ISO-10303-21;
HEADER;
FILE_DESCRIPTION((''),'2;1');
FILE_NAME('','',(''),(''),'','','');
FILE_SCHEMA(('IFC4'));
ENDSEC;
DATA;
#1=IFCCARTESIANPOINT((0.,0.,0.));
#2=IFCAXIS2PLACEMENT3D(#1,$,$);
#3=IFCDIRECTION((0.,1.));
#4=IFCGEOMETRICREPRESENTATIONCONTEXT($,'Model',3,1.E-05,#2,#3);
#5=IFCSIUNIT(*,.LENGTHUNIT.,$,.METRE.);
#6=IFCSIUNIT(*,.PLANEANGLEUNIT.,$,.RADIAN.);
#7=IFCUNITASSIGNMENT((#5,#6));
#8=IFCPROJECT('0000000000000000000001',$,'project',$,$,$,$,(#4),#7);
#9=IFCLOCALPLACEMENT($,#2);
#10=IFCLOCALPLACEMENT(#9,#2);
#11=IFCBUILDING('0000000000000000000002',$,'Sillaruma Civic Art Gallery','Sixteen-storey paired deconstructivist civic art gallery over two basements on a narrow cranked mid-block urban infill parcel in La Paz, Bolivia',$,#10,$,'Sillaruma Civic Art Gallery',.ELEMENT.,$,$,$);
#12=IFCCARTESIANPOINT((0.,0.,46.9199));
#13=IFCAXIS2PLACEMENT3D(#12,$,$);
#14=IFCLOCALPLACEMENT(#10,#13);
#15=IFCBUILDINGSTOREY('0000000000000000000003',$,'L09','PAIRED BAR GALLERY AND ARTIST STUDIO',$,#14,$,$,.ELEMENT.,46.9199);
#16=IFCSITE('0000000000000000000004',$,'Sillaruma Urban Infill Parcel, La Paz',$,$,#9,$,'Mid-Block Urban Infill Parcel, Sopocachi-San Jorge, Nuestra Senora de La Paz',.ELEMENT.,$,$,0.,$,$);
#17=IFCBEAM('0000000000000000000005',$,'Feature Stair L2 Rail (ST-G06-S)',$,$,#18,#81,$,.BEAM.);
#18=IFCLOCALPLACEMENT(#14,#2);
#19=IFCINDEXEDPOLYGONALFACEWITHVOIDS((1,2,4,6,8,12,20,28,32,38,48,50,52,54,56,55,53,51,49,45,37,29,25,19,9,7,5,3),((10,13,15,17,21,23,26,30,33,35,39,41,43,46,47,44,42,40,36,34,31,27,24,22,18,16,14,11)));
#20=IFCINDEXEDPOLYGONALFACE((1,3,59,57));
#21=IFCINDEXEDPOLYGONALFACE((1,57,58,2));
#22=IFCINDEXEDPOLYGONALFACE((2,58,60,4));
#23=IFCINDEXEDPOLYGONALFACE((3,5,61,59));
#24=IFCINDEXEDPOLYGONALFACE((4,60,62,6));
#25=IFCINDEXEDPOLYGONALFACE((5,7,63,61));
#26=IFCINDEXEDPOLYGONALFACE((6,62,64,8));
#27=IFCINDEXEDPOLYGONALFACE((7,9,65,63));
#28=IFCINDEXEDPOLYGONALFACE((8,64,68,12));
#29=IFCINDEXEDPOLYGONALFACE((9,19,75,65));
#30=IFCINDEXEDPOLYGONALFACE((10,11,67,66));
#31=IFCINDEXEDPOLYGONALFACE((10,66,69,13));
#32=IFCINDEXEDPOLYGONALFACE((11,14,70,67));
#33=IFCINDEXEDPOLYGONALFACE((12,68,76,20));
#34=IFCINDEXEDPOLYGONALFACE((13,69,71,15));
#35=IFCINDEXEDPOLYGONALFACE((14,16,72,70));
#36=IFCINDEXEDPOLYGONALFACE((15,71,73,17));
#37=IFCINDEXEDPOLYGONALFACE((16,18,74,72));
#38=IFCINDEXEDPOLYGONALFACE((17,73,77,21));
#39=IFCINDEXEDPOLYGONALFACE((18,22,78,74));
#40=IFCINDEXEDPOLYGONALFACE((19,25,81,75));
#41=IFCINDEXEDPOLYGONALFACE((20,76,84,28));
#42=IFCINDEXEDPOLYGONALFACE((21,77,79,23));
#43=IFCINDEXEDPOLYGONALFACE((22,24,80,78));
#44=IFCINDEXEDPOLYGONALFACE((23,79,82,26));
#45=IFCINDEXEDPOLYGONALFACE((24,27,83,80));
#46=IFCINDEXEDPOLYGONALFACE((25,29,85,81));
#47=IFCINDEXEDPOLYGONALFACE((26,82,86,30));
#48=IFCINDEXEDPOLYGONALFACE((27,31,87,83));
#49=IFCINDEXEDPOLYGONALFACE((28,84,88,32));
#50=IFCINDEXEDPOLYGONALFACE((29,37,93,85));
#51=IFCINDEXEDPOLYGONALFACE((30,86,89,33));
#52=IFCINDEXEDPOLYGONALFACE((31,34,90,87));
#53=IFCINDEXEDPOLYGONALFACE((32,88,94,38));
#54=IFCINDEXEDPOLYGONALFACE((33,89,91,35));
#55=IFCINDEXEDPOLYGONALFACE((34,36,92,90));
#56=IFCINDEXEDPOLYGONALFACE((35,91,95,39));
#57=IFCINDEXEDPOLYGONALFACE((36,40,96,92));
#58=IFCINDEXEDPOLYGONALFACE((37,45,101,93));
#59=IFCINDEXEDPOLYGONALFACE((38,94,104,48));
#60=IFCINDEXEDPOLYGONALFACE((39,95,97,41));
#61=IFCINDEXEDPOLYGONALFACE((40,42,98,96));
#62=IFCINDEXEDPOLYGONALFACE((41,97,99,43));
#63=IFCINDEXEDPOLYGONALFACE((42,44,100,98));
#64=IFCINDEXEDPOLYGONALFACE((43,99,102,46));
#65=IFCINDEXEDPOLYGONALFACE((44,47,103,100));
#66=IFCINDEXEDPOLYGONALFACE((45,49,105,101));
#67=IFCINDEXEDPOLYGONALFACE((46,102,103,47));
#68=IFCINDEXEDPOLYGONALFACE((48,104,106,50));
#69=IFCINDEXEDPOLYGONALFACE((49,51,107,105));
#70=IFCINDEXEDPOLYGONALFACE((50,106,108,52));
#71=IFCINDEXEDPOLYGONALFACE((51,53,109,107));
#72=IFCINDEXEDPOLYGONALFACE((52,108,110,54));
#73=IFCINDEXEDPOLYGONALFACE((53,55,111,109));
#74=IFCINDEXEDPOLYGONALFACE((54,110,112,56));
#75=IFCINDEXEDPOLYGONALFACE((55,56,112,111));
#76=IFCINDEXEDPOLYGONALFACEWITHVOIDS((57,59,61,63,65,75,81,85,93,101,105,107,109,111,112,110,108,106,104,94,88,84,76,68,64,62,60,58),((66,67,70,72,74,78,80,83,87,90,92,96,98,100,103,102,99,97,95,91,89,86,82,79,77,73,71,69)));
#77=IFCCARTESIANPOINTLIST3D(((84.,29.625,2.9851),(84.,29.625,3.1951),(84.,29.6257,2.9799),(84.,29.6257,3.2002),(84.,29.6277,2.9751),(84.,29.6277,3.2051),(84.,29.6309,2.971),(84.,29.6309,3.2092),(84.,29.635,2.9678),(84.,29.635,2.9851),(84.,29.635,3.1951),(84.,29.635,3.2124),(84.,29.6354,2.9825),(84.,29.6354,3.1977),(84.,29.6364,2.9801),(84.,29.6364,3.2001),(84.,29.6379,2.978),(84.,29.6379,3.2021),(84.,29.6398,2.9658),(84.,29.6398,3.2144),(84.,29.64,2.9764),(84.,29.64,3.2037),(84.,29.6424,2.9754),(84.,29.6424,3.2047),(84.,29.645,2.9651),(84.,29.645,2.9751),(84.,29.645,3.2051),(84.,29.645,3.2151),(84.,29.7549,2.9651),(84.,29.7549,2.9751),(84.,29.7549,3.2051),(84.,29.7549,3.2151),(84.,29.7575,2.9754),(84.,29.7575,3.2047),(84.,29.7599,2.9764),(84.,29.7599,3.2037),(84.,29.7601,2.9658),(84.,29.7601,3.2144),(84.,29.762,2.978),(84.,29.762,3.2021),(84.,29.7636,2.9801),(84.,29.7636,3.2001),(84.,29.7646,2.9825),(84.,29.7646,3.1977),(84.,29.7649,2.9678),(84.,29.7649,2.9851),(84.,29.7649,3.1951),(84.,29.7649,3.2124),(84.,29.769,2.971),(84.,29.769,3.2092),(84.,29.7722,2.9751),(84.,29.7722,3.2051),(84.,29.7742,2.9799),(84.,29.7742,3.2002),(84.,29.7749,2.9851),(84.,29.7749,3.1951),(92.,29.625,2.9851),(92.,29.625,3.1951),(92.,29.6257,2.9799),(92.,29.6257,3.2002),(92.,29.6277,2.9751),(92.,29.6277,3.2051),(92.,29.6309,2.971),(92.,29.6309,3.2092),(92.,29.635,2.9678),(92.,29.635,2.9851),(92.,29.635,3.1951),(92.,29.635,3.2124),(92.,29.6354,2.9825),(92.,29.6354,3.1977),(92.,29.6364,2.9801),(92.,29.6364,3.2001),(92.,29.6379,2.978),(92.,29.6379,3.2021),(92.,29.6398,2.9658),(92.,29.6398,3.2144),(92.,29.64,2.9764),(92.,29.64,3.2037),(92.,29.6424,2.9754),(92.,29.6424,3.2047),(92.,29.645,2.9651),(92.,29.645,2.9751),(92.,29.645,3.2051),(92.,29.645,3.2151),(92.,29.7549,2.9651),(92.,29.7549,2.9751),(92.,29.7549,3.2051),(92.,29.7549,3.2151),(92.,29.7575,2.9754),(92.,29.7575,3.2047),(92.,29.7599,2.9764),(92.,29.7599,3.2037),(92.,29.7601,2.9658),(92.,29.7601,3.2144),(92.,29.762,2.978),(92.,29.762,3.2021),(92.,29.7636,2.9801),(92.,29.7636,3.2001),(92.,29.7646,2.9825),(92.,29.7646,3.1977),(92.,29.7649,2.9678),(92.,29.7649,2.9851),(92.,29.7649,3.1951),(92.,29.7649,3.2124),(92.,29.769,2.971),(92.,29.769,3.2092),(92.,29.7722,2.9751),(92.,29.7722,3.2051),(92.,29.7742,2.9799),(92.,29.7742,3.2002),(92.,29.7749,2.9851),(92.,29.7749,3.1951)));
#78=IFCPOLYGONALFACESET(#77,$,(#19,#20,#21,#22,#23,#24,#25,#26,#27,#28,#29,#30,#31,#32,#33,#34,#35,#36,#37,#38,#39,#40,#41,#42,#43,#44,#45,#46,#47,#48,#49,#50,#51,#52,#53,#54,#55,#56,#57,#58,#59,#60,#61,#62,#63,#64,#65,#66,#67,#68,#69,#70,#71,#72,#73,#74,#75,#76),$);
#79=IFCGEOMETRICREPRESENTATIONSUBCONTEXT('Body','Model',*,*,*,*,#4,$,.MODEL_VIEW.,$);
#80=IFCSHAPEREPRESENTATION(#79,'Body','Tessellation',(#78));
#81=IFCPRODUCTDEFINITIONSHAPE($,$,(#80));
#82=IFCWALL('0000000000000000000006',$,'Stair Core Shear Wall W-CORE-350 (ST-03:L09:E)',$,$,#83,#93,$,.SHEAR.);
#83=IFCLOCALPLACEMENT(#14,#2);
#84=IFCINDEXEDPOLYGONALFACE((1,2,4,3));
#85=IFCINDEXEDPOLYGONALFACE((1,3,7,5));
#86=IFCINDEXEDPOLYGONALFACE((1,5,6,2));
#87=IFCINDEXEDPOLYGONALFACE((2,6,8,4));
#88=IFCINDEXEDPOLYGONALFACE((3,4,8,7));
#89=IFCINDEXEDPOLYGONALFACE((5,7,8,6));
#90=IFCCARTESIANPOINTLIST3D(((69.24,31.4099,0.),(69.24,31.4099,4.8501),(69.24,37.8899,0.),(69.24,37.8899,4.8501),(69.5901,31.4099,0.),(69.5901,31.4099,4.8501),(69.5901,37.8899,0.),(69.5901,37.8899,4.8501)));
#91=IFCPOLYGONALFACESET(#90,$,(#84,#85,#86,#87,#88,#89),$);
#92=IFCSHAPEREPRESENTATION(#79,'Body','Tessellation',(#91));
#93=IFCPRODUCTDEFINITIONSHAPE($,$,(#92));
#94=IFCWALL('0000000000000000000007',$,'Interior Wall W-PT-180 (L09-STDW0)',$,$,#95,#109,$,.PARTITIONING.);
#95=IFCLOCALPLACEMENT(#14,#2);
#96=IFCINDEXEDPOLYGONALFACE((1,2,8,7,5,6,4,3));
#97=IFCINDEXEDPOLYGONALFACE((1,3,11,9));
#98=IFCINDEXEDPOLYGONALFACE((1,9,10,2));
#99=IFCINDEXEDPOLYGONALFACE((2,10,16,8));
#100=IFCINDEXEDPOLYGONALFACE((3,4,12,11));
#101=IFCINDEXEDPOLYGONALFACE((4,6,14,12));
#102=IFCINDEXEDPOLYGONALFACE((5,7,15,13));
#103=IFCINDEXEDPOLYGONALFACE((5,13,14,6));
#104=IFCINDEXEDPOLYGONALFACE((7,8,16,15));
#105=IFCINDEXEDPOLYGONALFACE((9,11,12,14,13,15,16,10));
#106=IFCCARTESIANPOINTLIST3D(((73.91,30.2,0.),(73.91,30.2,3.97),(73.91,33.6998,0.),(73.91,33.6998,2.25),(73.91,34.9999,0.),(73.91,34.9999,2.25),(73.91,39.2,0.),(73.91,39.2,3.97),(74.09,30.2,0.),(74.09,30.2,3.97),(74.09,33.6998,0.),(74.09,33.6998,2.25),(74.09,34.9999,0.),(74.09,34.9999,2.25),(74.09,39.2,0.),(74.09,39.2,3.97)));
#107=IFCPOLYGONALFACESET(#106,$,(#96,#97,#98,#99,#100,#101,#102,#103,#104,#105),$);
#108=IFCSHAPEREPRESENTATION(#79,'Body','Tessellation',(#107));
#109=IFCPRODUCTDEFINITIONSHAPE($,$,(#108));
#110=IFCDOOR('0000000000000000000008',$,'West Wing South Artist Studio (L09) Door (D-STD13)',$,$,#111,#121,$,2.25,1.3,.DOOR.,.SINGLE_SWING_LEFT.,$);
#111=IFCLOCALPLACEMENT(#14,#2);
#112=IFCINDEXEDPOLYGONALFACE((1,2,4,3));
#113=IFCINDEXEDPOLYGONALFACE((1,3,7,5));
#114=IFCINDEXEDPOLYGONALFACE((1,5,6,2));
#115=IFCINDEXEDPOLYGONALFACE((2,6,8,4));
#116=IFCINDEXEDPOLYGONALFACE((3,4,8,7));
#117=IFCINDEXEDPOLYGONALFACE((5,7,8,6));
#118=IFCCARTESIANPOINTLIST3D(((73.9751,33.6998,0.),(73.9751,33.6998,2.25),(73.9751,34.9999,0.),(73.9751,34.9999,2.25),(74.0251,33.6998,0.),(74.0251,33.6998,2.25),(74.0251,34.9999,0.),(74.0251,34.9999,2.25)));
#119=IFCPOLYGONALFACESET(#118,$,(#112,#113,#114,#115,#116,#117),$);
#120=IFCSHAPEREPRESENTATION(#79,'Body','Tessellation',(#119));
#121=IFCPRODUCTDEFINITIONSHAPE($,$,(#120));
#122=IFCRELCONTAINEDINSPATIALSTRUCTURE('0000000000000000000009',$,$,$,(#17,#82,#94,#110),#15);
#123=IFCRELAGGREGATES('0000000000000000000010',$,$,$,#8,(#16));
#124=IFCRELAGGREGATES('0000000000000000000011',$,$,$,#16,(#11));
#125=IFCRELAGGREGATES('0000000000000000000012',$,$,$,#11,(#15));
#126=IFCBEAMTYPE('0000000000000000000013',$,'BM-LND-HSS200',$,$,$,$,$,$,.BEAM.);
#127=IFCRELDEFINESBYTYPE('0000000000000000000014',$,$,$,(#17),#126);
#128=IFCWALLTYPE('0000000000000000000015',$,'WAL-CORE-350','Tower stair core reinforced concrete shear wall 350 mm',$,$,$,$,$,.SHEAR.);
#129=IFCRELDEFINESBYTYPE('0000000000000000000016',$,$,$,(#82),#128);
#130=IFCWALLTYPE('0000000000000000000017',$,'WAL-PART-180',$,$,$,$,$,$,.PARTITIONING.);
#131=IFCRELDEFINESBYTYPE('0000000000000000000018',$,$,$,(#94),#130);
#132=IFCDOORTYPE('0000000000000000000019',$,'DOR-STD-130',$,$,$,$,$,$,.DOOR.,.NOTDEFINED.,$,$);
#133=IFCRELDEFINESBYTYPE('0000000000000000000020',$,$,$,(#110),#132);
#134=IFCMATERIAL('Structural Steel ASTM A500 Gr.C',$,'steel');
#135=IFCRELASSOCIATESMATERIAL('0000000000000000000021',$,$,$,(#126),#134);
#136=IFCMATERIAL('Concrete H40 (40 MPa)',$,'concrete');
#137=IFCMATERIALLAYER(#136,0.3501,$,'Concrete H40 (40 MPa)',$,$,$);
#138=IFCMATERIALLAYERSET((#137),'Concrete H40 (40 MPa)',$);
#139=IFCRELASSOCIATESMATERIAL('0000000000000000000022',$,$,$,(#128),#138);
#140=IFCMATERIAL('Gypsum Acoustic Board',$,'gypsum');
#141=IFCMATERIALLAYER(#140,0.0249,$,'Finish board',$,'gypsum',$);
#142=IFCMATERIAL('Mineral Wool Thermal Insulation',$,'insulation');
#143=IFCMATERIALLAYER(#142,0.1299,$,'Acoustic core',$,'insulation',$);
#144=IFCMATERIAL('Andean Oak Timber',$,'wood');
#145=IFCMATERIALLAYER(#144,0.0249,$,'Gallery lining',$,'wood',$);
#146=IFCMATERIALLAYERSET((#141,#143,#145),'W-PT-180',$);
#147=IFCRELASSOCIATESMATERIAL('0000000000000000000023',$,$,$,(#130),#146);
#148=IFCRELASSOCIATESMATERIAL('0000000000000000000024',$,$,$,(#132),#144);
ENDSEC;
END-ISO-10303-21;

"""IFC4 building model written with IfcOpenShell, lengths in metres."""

from ifc_helpers import new_model, si_unit, direction, frame, frame_2d, origin, origin_2d, place, context, subcontext, project, spatial, rectangle, hollow_rectangle, extrude, material, layer, layer_set, material_profile, profile_set, type_object, element, fill, save


model = new_model("IFC4")

# Units and contexts
model_context = context("Model", 3, precision=1e-05, world=origin(), true_north=direction((0.0, 1.0)))
body_context = subcontext(model_context, "Body", "Model", "MODEL_VIEW")
ifc_project = project(units=[si_unit("LENGTHUNIT", "METRE"), si_unit("PLANEANGLEUNIT", "RADIAN")], contexts=[model_context])

# Site, building, storey
site_placement = place(None, origin())
site = spatial("IfcSite", under=ifc_project, at=site_placement, Name="Sillaruma Urban Infill Parcel, La Paz", LongName="Mid-Block Urban Infill Parcel, Sopocachi-San Jorge, Nuestra Senora de La Paz", CompositionType="ELEMENT", RefElevation=0.0)
building_placement = place(site_placement, origin())
building = spatial("IfcBuilding", under=site, at=building_placement, Name="Sillaruma Civic Art Gallery", Description="Sixteen-storey paired deconstructivist civic art gallery over two basements on a narrow cranked mid-block urban infill parcel in La Paz, Bolivia", LongName="Sillaruma Civic Art Gallery", CompositionType="ELEMENT")
storey_placement = place(building_placement, frame((0.0, 0.0, 46.9199)))
storey = spatial("IfcBuildingStorey", under=building, at=storey_placement, Name="L09", Description="PAIRED BAR GALLERY AND ARTIST STUDIO", CompositionType="ELEMENT", Elevation=46.9199)

# Shared definitions
ifc_material_1 = material(Name="Concrete H40 (40 MPa)", Category="concrete")

# Beam
ifc_material_2 = material(Name="Structural Steel ASTM A500 Gr.C", Category="steel")
ifc_material_profile_1 = material_profile(ifc_material_2, hollow_rectangle(XDim=0.1499, YDim=0.25, WallThickness=0.01, InnerFilletRadius=0.01, OuterFilletRadius=0.02, at=origin_2d()), Name="HSS250x150x10")
ifc_profile_set_1 = profile_set([ifc_material_profile_1], Name="Structural Steel ASTM A500 Gr.C")
beam_type_1 = type_object("IfcBeamType", Name="BM-LND-HSS200", PredefinedType="BEAM", material=ifc_profile_set_1)
beam_1_placement = place(storey_placement, frame((84.0, 29.7, 3.0901), z_axis=(1.0, 0.0, 0.0), x_axis=(0.0, 1.0, 0.0)))
element("IfcBeam", 1, at=beam_1_placement, inside=storey, type_object=beam_type_1, Name="Feature Stair L2 Rail (ST-G06-S)", PredefinedType="BEAM", context=body_context, shape_type="SweptSolid", body=[
    extrude(hollow_rectangle(XDim=0.1499, YDim=0.25, WallThickness=0.01, InnerFilletRadius=0.01, OuterFilletRadius=0.02, at=origin_2d()), origin(), (0.0, 0.0, 1.0), 8.0),
])

# Wall
ifc_layer_1 = layer(ifc_material_1, 0.3501, Name="Concrete H40 (40 MPa)")
ifc_layer_set_1 = layer_set([ifc_layer_1], Name="Concrete H40 (40 MPa)")
wall_type_1 = type_object("IfcWallType", Name="WAL-CORE-350", Description="Tower stair core reinforced concrete shear wall 350 mm", PredefinedType="SHEAR", material=ifc_layer_set_1)
wall_1_placement = place(storey_placement, frame((69.415, 31.4099, 0.0), z_axis=(0.0, 0.0, 1.0), x_axis=(0.0, 1.0, 0.0)))
element("IfcWall", 2, at=wall_1_placement, inside=storey, type_object=wall_type_1, Name="Stair Core Shear Wall W-CORE-350 (ST-03:L09:E)", PredefinedType="SHEAR", context=body_context, shape_type="SweptSolid", body=[
    extrude(rectangle(XDim=6.48, YDim=0.3501, at=frame_2d((3.24, 0.0))), origin(), (0.0, 0.0, 1.0), 4.8501),
])

# Wall, opening, door
ifc_material_3 = material(Name="Gypsum Acoustic Board", Category="gypsum")
ifc_layer_2 = layer(ifc_material_3, 0.0249, Name="Finish board", Category="gypsum")
ifc_material_4 = material(Name="Mineral Wool Thermal Insulation", Category="insulation")
ifc_layer_3 = layer(ifc_material_4, 0.1299, Name="Acoustic core", Category="insulation")
ifc_material_5 = material(Name="Andean Oak Timber", Category="wood")
ifc_layer_4 = layer(ifc_material_5, 0.0249, Name="Gallery lining", Category="wood")
ifc_layer_set_2 = layer_set([ifc_layer_2, ifc_layer_3, ifc_layer_4], Name="W-PT-180")
wall_type_2 = type_object("IfcWallType", Name="WAL-PART-180", PredefinedType="PARTITIONING", material=ifc_layer_set_2)
wall_2_placement = place(storey_placement, frame((74.0, 30.2, 0.0), z_axis=(0.0, 0.0, 1.0), x_axis=(0.0, 1.0, 0.0)))
wall_2 = element("IfcWall", 3, at=wall_2_placement, inside=storey, type_object=wall_type_2, Name="Interior Wall W-PT-180 (L09-STDW0)", PredefinedType="PARTITIONING", context=body_context, shape_type="SweptSolid", body=[
    extrude(rectangle(XDim=9.0, YDim=0.1799, at=frame_2d((4.5, 0.0))), origin(), (0.0, 0.0, 1.0), 3.97),
])
opening_placement = place(wall_2_placement, frame((3.5, 0.0, 0.0)))
opening = element("IfcOpeningElement", 4, at=opening_placement, cuts=wall_2, PredefinedType="OPENING", context=body_context, shape_type="SweptSolid", body=[
    extrude(rectangle(XDim=1.3, YDim=2.25, at=frame_2d((0.6499, 1.125))), frame((0.0, 0.0999, 0.0), z_axis=(0.0, -1.0, 0.0), x_axis=(1.0, 0.0, 0.0)), (0.0, 0.0, 1.0), 0.2),
])
door_type = type_object("IfcDoorType", Name="DOR-STD-130", OperationType="NOTDEFINED", PredefinedType="DOOR", material=ifc_material_5)
door_placement = place(opening_placement, origin())
door = element("IfcDoor", 5, at=door_placement, inside=storey, type_object=door_type, Name="West Wing South Artist Studio (L09) Door (D-STD13)", OperationType="SINGLE_SWING_LEFT", OverallHeight=2.25, OverallWidth=1.3, PredefinedType="DOOR", context=body_context, shape_type="SweptSolid", body=[
    extrude(rectangle(XDim=1.3, YDim=2.25, at=frame_2d((0.6499, 1.125))), frame((0.0, 0.0249, 0.0), z_axis=(0.0, -1.0, 0.0), x_axis=(1.0, 0.0, 0.0)), (0.0, 0.0, 1.0), 0.05),
])
fill(opening, door)

save(model, "model.ifc")
